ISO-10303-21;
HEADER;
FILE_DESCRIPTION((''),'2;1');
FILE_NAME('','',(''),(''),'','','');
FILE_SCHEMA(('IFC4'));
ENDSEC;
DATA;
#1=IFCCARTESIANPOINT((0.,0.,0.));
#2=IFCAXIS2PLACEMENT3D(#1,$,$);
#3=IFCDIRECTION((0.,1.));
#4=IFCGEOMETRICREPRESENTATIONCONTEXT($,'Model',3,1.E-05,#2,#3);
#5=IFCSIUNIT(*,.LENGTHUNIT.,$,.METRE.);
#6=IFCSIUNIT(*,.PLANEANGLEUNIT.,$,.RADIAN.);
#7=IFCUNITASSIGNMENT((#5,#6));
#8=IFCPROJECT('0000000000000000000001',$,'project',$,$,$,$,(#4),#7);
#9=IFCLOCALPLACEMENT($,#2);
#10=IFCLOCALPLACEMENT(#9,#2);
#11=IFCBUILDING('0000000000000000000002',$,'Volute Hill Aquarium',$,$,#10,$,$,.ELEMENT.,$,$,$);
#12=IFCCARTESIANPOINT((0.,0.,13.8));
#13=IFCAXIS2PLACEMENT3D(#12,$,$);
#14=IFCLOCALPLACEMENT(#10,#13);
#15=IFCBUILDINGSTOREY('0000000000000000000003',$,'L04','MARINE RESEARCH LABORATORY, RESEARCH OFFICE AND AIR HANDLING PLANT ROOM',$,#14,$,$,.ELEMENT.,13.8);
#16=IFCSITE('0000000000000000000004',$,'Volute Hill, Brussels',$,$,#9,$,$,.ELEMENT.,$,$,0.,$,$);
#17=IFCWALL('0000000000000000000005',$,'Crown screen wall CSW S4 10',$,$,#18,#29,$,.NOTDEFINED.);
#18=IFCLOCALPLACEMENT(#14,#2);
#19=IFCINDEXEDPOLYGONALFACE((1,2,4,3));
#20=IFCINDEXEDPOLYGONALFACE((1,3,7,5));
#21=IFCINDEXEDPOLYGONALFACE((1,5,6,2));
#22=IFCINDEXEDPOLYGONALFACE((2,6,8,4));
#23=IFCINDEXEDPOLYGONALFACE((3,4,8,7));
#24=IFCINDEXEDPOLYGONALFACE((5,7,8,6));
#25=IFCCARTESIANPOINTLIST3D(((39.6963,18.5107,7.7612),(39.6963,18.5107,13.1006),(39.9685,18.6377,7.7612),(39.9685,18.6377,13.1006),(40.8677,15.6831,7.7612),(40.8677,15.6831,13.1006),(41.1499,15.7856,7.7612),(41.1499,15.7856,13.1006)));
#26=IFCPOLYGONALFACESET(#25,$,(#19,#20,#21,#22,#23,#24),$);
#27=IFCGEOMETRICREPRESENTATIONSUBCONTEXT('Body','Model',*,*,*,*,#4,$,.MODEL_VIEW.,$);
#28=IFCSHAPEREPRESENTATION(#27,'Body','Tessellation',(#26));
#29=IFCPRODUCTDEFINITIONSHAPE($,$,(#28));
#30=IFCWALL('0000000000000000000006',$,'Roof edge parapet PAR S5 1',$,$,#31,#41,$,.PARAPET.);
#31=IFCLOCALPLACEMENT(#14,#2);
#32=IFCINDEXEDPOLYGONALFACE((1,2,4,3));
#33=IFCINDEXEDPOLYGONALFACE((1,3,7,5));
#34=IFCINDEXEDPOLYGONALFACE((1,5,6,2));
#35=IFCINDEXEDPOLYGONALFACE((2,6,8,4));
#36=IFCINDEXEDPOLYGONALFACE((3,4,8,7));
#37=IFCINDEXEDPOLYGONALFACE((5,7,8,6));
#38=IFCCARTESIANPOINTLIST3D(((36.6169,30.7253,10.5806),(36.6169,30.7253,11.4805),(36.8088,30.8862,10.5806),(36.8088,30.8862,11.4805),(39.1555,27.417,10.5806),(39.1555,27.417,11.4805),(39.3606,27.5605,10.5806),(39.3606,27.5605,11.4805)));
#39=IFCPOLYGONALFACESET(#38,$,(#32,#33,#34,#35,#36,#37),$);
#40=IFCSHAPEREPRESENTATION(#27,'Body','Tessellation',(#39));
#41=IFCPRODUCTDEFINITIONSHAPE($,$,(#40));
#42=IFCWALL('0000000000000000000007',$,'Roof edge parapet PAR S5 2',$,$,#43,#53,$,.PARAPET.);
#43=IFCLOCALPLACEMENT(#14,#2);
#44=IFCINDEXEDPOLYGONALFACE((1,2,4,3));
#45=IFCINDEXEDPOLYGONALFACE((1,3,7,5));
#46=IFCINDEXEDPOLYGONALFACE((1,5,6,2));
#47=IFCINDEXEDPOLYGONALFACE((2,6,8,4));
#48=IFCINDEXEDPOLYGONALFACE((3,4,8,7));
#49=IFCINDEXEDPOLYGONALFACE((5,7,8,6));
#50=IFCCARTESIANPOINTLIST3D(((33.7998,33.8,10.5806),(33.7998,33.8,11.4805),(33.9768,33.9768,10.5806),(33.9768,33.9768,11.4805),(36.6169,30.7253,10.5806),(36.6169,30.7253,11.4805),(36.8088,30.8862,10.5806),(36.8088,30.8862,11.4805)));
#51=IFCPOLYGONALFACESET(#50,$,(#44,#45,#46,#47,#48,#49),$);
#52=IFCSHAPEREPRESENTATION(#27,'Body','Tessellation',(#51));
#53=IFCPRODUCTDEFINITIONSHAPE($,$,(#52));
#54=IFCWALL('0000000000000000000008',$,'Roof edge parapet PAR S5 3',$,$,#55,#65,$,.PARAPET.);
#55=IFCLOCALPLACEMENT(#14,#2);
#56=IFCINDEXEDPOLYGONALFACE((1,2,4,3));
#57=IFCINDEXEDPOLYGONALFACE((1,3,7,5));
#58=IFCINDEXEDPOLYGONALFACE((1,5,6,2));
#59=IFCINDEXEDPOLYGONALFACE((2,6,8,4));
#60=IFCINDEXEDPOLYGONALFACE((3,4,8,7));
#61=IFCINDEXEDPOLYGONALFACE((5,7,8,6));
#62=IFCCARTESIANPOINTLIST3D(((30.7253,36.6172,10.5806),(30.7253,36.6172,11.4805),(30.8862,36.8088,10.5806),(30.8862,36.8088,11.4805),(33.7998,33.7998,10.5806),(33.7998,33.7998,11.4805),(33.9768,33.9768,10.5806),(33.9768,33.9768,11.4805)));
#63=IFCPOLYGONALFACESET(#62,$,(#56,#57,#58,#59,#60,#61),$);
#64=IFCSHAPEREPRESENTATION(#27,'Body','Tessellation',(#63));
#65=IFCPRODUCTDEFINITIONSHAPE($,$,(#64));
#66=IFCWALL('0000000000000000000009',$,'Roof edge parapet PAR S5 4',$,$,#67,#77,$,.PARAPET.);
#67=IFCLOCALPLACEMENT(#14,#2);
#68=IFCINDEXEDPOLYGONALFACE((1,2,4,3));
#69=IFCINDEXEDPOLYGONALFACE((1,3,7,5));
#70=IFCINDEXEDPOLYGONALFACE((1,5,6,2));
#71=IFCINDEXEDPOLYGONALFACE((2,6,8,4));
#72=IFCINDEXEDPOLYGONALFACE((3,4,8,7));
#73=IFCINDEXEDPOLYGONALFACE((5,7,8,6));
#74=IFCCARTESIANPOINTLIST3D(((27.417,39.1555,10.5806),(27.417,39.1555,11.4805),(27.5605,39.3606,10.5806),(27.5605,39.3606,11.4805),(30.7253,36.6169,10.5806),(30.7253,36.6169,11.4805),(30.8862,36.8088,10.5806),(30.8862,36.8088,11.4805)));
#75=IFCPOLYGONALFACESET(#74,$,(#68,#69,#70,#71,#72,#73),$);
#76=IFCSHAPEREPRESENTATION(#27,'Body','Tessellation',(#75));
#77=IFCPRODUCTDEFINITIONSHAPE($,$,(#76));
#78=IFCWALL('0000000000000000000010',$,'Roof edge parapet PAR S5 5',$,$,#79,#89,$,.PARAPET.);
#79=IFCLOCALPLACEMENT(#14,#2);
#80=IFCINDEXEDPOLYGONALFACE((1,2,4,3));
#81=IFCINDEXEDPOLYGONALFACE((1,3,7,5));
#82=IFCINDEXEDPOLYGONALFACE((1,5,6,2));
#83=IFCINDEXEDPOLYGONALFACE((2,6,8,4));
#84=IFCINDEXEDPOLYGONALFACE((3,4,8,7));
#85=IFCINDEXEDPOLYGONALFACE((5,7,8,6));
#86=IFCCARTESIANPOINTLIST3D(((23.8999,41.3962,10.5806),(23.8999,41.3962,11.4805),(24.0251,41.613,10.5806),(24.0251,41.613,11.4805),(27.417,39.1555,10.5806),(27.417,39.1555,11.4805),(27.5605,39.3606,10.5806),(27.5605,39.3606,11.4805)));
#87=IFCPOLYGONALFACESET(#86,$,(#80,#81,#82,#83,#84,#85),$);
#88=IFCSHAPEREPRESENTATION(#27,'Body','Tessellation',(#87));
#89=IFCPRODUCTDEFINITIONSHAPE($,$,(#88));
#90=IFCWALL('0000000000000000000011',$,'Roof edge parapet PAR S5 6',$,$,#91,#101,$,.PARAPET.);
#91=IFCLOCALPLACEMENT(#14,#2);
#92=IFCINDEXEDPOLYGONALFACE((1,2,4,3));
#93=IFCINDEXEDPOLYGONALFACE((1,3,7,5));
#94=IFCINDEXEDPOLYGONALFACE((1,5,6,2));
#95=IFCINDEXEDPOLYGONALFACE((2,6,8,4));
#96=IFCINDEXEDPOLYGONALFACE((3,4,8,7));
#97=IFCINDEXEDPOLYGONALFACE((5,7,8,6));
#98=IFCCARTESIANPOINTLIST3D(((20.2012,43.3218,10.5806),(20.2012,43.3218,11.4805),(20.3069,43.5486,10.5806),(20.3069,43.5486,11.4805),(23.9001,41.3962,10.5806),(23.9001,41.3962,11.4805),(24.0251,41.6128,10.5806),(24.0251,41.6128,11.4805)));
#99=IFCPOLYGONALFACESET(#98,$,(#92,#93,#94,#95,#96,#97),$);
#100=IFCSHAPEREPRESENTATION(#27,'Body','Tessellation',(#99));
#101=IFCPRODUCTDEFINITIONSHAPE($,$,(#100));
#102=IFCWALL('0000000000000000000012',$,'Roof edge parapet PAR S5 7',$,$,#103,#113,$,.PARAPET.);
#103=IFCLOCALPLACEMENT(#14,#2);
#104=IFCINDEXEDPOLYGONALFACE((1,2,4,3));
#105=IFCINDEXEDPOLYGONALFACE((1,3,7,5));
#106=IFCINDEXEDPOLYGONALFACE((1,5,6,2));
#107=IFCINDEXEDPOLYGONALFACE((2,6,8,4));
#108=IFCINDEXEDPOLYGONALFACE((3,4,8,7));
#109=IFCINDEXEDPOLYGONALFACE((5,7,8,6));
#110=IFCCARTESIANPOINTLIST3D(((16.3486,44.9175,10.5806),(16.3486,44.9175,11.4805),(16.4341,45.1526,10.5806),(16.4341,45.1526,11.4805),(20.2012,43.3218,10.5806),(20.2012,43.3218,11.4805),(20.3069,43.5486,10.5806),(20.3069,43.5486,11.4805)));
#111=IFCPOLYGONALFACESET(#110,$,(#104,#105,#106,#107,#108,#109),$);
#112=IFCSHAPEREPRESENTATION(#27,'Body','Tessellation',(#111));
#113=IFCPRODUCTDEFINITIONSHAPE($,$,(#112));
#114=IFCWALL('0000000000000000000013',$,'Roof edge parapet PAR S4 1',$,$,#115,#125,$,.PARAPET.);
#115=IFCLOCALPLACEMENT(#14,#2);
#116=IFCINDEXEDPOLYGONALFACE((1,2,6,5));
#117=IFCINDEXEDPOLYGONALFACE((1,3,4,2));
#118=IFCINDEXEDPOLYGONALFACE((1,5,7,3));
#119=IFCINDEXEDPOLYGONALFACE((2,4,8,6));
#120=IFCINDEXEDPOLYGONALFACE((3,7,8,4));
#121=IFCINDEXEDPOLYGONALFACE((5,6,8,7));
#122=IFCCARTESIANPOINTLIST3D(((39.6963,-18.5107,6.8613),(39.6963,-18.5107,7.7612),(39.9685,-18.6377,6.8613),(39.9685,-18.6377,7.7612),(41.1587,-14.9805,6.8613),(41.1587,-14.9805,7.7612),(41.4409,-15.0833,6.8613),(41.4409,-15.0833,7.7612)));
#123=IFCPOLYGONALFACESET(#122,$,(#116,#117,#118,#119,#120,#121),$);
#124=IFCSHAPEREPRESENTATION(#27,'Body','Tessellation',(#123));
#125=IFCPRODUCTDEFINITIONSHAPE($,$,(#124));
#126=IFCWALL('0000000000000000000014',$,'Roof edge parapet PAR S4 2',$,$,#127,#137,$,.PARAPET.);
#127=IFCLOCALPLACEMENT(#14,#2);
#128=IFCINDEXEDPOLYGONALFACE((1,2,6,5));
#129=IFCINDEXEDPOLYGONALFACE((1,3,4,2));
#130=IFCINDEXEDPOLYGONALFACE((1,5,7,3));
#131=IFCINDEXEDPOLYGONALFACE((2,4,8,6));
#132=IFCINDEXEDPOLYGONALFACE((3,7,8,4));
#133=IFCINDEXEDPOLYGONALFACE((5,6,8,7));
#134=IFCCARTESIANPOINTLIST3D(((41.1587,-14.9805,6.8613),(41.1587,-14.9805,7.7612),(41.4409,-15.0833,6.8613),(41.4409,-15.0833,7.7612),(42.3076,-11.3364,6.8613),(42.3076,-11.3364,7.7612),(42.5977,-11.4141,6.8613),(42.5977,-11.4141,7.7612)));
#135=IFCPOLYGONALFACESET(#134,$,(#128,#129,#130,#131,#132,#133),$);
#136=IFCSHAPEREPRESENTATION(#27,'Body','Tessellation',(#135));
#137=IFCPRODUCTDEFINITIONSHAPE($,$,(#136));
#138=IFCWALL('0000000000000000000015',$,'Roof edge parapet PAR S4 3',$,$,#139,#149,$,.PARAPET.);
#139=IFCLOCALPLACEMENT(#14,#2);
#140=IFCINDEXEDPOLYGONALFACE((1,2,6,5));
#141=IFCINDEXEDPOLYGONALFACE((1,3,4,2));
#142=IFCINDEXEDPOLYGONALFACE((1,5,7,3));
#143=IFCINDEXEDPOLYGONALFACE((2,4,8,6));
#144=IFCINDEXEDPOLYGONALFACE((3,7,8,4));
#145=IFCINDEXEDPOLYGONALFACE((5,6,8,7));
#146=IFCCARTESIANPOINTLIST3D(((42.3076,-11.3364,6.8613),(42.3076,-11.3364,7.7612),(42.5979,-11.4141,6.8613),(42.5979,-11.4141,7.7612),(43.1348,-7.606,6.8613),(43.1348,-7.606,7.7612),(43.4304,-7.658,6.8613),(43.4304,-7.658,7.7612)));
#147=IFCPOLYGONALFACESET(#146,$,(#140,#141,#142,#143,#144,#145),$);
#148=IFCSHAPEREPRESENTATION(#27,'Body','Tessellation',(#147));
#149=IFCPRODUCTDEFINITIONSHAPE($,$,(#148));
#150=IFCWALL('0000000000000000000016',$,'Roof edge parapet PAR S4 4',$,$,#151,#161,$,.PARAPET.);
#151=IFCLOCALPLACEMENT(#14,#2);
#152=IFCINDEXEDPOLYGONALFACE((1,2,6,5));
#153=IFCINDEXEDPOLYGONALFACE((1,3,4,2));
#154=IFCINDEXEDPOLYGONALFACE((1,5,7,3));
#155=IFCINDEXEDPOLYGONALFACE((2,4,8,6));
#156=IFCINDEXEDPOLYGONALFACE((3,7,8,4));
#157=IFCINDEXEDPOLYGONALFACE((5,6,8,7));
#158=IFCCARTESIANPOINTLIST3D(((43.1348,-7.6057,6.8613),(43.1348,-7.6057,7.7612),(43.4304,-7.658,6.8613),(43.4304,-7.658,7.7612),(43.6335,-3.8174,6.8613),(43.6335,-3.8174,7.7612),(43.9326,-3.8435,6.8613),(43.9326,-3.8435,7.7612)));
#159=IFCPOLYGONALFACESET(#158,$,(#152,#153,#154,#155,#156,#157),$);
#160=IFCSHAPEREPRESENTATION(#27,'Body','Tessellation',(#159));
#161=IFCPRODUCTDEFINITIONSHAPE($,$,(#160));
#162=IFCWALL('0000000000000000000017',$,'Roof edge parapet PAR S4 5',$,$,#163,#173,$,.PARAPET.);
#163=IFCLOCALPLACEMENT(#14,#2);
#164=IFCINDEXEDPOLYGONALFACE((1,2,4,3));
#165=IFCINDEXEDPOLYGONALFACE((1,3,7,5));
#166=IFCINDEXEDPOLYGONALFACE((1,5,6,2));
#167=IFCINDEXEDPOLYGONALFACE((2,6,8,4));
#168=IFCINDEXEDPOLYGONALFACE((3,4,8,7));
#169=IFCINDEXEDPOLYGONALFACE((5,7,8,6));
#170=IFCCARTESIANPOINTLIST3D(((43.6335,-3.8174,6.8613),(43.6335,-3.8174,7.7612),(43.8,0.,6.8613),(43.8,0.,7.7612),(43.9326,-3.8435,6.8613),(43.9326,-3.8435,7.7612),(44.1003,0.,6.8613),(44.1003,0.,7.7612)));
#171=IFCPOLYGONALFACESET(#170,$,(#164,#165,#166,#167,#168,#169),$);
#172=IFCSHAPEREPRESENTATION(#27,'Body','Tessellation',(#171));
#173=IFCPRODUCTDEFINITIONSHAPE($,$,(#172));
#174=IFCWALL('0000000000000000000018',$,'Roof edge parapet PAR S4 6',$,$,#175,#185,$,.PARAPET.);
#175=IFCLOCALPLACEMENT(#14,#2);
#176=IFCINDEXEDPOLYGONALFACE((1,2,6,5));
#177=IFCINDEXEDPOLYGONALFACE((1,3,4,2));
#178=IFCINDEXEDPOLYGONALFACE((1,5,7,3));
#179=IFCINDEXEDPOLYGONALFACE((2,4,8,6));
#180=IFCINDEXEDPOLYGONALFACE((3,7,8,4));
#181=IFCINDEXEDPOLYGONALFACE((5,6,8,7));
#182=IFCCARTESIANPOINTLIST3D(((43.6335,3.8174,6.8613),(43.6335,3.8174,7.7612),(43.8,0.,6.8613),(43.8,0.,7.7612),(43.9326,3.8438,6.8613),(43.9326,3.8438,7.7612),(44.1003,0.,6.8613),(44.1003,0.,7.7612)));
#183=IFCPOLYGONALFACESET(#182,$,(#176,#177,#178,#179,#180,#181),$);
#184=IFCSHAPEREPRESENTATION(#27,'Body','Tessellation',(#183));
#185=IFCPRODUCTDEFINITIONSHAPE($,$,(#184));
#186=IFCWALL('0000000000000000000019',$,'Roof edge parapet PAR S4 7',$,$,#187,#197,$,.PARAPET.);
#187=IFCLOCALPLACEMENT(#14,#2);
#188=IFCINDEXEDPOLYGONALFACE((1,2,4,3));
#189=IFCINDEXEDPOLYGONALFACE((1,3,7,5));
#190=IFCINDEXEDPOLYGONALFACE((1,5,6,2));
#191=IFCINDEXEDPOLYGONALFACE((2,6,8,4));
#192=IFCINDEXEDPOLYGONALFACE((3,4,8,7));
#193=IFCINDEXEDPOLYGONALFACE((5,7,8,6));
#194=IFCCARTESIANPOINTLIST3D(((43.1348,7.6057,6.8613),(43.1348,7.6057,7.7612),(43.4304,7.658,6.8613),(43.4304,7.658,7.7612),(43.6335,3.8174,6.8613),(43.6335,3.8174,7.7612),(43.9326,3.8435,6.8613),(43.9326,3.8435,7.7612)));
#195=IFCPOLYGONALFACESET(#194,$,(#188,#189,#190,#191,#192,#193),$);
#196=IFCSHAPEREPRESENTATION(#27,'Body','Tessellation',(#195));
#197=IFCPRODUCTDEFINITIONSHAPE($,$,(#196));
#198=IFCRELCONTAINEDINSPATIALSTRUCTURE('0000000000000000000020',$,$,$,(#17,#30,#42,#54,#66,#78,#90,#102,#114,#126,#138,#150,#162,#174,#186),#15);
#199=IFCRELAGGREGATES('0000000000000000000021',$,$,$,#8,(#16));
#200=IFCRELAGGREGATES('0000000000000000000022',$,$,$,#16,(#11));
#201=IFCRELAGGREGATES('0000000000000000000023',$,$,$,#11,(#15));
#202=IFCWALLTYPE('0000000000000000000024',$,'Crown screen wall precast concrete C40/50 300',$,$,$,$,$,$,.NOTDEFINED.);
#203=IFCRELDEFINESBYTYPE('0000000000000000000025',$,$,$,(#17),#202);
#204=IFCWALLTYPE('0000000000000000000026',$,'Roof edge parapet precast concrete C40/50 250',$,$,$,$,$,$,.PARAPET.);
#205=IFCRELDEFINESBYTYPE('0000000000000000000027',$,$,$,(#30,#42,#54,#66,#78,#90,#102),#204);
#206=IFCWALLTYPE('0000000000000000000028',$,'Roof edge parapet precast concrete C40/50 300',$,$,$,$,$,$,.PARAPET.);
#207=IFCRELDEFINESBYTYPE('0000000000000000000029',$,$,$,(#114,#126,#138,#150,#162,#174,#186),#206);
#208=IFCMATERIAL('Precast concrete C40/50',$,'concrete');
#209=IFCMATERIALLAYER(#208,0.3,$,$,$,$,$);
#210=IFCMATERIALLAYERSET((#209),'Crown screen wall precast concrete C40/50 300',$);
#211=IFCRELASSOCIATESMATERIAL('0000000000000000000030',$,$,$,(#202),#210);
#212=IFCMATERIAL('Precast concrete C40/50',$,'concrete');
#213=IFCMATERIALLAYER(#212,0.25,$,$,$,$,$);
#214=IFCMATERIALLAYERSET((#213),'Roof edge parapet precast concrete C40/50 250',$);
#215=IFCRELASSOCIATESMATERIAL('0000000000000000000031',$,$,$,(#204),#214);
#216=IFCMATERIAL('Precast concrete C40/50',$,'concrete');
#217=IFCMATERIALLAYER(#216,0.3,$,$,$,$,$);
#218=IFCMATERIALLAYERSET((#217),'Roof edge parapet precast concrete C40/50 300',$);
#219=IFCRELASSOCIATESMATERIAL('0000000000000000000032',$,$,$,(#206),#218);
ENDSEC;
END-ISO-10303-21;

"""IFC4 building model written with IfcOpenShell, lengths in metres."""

from ifc_helpers import new_model, si_unit, direction, frame, origin, place, context, subcontext, project, spatial, polyline, outline, extrude, material, layer, layer_set, type_object, element, save


model = new_model("IFC4")

# Units and contexts
model_context = context("Model", 3, precision=1e-05, world=origin(), true_north=direction((0.0, 1.0)))
body_context = subcontext(model_context, "Body", "Model", "MODEL_VIEW")
ifc_project = project(units=[si_unit("LENGTHUNIT", "METRE"), si_unit("PLANEANGLEUNIT", "RADIAN")], contexts=[model_context])

# Site, building, storey
site_placement = place(None, origin())
site = spatial("IfcSite", under=ifc_project, at=site_placement, Name="Volute Hill, Brussels", CompositionType="ELEMENT", RefElevation=0.0)
building_placement = place(site_placement, origin())
building = spatial("IfcBuilding", under=site, at=building_placement, Name="Volute Hill Aquarium", CompositionType="ELEMENT")
storey_placement = place(building_placement, frame((0.0, 0.0, 13.8)))
storey = spatial("IfcBuildingStorey", under=building, at=storey_placement, Name="L04", Description="MARINE RESEARCH LABORATORY, RESEARCH OFFICE AND AIR HANDLING PLANT ROOM", CompositionType="ELEMENT", Elevation=13.8)

# Walls
ifc_material_1 = material(Name="Precast concrete C40/50", Category="concrete")
ifc_layer_1 = layer(ifc_material_1, 0.3)
ifc_layer_set_1 = layer_set([ifc_layer_1], Name="Crown screen wall precast concrete C40/50 300")
wall_type_1 = type_object("IfcWallType", Name="Crown screen wall precast concrete C40/50 300", PredefinedType="NOTDEFINED", material=ifc_layer_set_1)
wall_1_placement = place(storey_placement, frame((0.0, 0.0, 7.7612)))
element("IfcWall", 1, at=wall_1_placement, inside=storey, type_object=wall_type_1, Name="Crown screen wall CSW S4 10", PredefinedType="NOTDEFINED", context=body_context, shape_type="SweptSolid", body=[
    extrude(outline(polyline([(41.1499, 15.7856), (39.9685, 18.6377), (39.6963, 18.5107), (40.8677, 15.6831), (41.1499, 15.7856)])), origin(), (0.0, 0.0, 1.0), 5.3394),
])
ifc_material_2 = material(Name="Precast concrete C40/50", Category="concrete")
ifc_layer_2 = layer(ifc_material_2, 0.25)
ifc_layer_set_2 = layer_set([ifc_layer_2], Name="Roof edge parapet precast concrete C40/50 250")
wall_type_2 = type_object("IfcWallType", Name="Roof edge parapet precast concrete C40/50 250", PredefinedType="PARAPET", material=ifc_layer_set_2)
wall_2_placement = place(storey_placement, frame((0.0, 0.0, 10.5806)))
element("IfcWall", 2, at=wall_2_placement, inside=storey, type_object=wall_type_2, Name="Roof edge parapet PAR S5 1", PredefinedType="PARAPET", context=body_context, shape_type="SweptSolid", body=[
    extrude(outline(polyline([(36.8088, 30.8862), (36.6169, 30.7253), (39.1555, 27.417), (39.3606, 27.5605), (36.8088, 30.8862)])), origin(), (0.0, 0.0, 1.0), 0.8999),
])
wall_3_placement = place(storey_placement, frame((0.0, 0.0, 10.5806)))
element("IfcWall", 3, at=wall_3_placement, inside=storey, type_object=wall_type_2, Name="Roof edge parapet PAR S5 2", PredefinedType="PARAPET", context=body_context, shape_type="SweptSolid", body=[
    extrude(outline(polyline([(36.6169, 30.7253), (36.8088, 30.8862), (33.9768, 33.9768), (33.7998, 33.8), (36.6169, 30.7253)])), origin(), (0.0, 0.0, 1.0), 0.8999),
])
wall_4_placement = place(storey_placement, frame((0.0, 0.0, 10.5806)))
element("IfcWall", 4, at=wall_4_placement, inside=storey, type_object=wall_type_2, Name="Roof edge parapet PAR S5 3", PredefinedType="PARAPET", context=body_context, shape_type="SweptSolid", body=[
    extrude(outline(polyline([(33.7998, 33.7998), (33.9768, 33.9768), (30.8862, 36.8088), (30.7253, 36.6172), (33.7998, 33.7998)])), origin(), (0.0, 0.0, 1.0), 0.8999),
])
wall_5_placement = place(storey_placement, frame((0.0, 0.0, 10.5806)))
element("IfcWall", 5, at=wall_5_placement, inside=storey, type_object=wall_type_2, Name="Roof edge parapet PAR S5 4", PredefinedType="PARAPET", context=body_context, shape_type="SweptSolid", body=[
    extrude(outline(polyline([(30.7253, 36.6169), (30.8862, 36.8088), (27.5605, 39.3606), (27.417, 39.1555), (30.7253, 36.6169)])), origin(), (0.0, 0.0, 1.0), 0.8999),
])
wall_6_placement = place(storey_placement, frame((0.0, 0.0, 10.5806)))
element("IfcWall", 6, at=wall_6_placement, inside=storey, type_object=wall_type_2, Name="Roof edge parapet PAR S5 5", PredefinedType="PARAPET", context=body_context, shape_type="SweptSolid", body=[
    extrude(outline(polyline([(27.417, 39.1555), (27.5605, 39.3606), (24.0251, 41.613), (23.8999, 41.3962), (27.417, 39.1555)])), origin(), (0.0, 0.0, 1.0), 0.8999),
])
wall_7_placement = place(storey_placement, frame((0.0, 0.0, 10.5806)))
element("IfcWall", 7, at=wall_7_placement, inside=storey, type_object=wall_type_2, Name="Roof edge parapet PAR S5 6", PredefinedType="PARAPET", context=body_context, shape_type="SweptSolid", body=[
    extrude(outline(polyline([(23.9001, 41.3962), (24.0251, 41.6128), (20.3069, 43.5486), (20.2012, 43.3218), (23.9001, 41.3962)])), origin(), (0.0, 0.0, 1.0), 0.8999),
])
wall_8_placement = place(storey_placement, frame((0.0, 0.0, 10.5806)))
element("IfcWall", 8, at=wall_8_placement, inside=storey, type_object=wall_type_2, Name="Roof edge parapet PAR S5 7", PredefinedType="PARAPET", context=body_context, shape_type="SweptSolid", body=[
    extrude(outline(polyline([(20.2012, 43.3218), (20.3069, 43.5486), (16.4341, 45.1526), (16.3486, 44.9175), (20.2012, 43.3218)])), origin(), (0.0, 0.0, 1.0), 0.8999),
])
ifc_material_3 = material(Name="Precast concrete C40/50", Category="concrete")
ifc_layer_3 = layer(ifc_material_3, 0.3)
ifc_layer_set_3 = layer_set([ifc_layer_3], Name="Roof edge parapet precast concrete C40/50 300")
wall_type_3 = type_object("IfcWallType", Name="Roof edge parapet precast concrete C40/50 300", PredefinedType="PARAPET", material=ifc_layer_set_3)
wall_9_placement = place(storey_placement, frame((0.0, 0.0, 6.8613)))
element("IfcWall", 9, at=wall_9_placement, inside=storey, type_object=wall_type_3, Name="Roof edge parapet PAR S4 1", PredefinedType="PARAPET", context=body_context, shape_type="SweptSolid", body=[
    extrude(outline(polyline([(41.4409, -15.0833), (41.1587, -14.9805), (39.6963, -18.5107), (39.9685, -18.6377), (41.4409, -15.0833)])), origin(), (0.0, 0.0, 1.0), 0.8999),
])
wall_10_placement = place(storey_placement, frame((0.0, 0.0, 6.8613)))
element("IfcWall", 10, at=wall_10_placement, inside=storey, type_object=wall_type_3, Name="Roof edge parapet PAR S4 2", PredefinedType="PARAPET", context=body_context, shape_type="SweptSolid", body=[
    extrude(outline(polyline([(41.1587, -14.9805), (41.4409, -15.0833), (42.5977, -11.4141), (42.3076, -11.3364), (41.1587, -14.9805)])), origin(), (0.0, 0.0, 1.0), 0.8999),
])
wall_11_placement = place(storey_placement, frame((0.0, 0.0, 6.8613)))
element("IfcWall", 11, at=wall_11_placement, inside=storey, type_object=wall_type_3, Name="Roof edge parapet PAR S4 3", PredefinedType="PARAPET", context=body_context, shape_type="SweptSolid", body=[
    extrude(outline(polyline([(42.3076, -11.3364), (42.5979, -11.4141), (43.4304, -7.658), (43.1348, -7.606), (42.3076, -11.3364)])), origin(), (0.0, 0.0, 1.0), 0.8999),
])
wall_12_placement = place(storey_placement, frame((0.0, 0.0, 6.8613)))
element("IfcWall", 12, at=wall_12_placement, inside=storey, type_object=wall_type_3, Name="Roof edge parapet PAR S4 4", PredefinedType="PARAPET", context=body_context, shape_type="SweptSolid", body=[
    extrude(outline(polyline([(43.1348, -7.6057), (43.4304, -7.658), (43.9326, -3.8435), (43.6335, -3.8174), (43.1348, -7.6057)])), origin(), (0.0, 0.0, 1.0), 0.8999),
])
wall_13_placement = place(storey_placement, frame((0.0, 0.0, 6.8613)))
element("IfcWall", 13, at=wall_13_placement, inside=storey, type_object=wall_type_3, Name="Roof edge parapet PAR S4 5", PredefinedType="PARAPET", context=body_context, shape_type="SweptSolid", body=[
    extrude(outline(polyline([(43.6335, -3.8174), (43.9326, -3.8435), (44.1003, 0.0), (43.8, 0.0), (43.6335, -3.8174)])), origin(), (0.0, 0.0, 1.0), 0.8999),
])
wall_14_placement = place(storey_placement, frame((0.0, 0.0, 6.8613)))
element("IfcWall", 14, at=wall_14_placement, inside=storey, type_object=wall_type_3, Name="Roof edge parapet PAR S4 6", PredefinedType="PARAPET", context=body_context, shape_type="SweptSolid", body=[
    extrude(outline(polyline([(43.8, 0.0), (44.1003, 0.0), (43.9326, 3.8438), (43.6335, 3.8174), (43.8, 0.0)])), origin(), (0.0, 0.0, 1.0), 0.8999),
])
wall_15_placement = place(storey_placement, frame((0.0, 0.0, 6.8613)))
element("IfcWall", 15, at=wall_15_placement, inside=storey, type_object=wall_type_3, Name="Roof edge parapet PAR S4 7", PredefinedType="PARAPET", context=body_context, shape_type="SweptSolid", body=[
    extrude(outline(polyline([(43.6335, 3.8174), (43.9326, 3.8435), (43.4304, 7.658), (43.1348, 7.6057), (43.6335, 3.8174)])), origin(), (0.0, 0.0, 1.0), 0.8999),
])

save(model, "model.ifc")
